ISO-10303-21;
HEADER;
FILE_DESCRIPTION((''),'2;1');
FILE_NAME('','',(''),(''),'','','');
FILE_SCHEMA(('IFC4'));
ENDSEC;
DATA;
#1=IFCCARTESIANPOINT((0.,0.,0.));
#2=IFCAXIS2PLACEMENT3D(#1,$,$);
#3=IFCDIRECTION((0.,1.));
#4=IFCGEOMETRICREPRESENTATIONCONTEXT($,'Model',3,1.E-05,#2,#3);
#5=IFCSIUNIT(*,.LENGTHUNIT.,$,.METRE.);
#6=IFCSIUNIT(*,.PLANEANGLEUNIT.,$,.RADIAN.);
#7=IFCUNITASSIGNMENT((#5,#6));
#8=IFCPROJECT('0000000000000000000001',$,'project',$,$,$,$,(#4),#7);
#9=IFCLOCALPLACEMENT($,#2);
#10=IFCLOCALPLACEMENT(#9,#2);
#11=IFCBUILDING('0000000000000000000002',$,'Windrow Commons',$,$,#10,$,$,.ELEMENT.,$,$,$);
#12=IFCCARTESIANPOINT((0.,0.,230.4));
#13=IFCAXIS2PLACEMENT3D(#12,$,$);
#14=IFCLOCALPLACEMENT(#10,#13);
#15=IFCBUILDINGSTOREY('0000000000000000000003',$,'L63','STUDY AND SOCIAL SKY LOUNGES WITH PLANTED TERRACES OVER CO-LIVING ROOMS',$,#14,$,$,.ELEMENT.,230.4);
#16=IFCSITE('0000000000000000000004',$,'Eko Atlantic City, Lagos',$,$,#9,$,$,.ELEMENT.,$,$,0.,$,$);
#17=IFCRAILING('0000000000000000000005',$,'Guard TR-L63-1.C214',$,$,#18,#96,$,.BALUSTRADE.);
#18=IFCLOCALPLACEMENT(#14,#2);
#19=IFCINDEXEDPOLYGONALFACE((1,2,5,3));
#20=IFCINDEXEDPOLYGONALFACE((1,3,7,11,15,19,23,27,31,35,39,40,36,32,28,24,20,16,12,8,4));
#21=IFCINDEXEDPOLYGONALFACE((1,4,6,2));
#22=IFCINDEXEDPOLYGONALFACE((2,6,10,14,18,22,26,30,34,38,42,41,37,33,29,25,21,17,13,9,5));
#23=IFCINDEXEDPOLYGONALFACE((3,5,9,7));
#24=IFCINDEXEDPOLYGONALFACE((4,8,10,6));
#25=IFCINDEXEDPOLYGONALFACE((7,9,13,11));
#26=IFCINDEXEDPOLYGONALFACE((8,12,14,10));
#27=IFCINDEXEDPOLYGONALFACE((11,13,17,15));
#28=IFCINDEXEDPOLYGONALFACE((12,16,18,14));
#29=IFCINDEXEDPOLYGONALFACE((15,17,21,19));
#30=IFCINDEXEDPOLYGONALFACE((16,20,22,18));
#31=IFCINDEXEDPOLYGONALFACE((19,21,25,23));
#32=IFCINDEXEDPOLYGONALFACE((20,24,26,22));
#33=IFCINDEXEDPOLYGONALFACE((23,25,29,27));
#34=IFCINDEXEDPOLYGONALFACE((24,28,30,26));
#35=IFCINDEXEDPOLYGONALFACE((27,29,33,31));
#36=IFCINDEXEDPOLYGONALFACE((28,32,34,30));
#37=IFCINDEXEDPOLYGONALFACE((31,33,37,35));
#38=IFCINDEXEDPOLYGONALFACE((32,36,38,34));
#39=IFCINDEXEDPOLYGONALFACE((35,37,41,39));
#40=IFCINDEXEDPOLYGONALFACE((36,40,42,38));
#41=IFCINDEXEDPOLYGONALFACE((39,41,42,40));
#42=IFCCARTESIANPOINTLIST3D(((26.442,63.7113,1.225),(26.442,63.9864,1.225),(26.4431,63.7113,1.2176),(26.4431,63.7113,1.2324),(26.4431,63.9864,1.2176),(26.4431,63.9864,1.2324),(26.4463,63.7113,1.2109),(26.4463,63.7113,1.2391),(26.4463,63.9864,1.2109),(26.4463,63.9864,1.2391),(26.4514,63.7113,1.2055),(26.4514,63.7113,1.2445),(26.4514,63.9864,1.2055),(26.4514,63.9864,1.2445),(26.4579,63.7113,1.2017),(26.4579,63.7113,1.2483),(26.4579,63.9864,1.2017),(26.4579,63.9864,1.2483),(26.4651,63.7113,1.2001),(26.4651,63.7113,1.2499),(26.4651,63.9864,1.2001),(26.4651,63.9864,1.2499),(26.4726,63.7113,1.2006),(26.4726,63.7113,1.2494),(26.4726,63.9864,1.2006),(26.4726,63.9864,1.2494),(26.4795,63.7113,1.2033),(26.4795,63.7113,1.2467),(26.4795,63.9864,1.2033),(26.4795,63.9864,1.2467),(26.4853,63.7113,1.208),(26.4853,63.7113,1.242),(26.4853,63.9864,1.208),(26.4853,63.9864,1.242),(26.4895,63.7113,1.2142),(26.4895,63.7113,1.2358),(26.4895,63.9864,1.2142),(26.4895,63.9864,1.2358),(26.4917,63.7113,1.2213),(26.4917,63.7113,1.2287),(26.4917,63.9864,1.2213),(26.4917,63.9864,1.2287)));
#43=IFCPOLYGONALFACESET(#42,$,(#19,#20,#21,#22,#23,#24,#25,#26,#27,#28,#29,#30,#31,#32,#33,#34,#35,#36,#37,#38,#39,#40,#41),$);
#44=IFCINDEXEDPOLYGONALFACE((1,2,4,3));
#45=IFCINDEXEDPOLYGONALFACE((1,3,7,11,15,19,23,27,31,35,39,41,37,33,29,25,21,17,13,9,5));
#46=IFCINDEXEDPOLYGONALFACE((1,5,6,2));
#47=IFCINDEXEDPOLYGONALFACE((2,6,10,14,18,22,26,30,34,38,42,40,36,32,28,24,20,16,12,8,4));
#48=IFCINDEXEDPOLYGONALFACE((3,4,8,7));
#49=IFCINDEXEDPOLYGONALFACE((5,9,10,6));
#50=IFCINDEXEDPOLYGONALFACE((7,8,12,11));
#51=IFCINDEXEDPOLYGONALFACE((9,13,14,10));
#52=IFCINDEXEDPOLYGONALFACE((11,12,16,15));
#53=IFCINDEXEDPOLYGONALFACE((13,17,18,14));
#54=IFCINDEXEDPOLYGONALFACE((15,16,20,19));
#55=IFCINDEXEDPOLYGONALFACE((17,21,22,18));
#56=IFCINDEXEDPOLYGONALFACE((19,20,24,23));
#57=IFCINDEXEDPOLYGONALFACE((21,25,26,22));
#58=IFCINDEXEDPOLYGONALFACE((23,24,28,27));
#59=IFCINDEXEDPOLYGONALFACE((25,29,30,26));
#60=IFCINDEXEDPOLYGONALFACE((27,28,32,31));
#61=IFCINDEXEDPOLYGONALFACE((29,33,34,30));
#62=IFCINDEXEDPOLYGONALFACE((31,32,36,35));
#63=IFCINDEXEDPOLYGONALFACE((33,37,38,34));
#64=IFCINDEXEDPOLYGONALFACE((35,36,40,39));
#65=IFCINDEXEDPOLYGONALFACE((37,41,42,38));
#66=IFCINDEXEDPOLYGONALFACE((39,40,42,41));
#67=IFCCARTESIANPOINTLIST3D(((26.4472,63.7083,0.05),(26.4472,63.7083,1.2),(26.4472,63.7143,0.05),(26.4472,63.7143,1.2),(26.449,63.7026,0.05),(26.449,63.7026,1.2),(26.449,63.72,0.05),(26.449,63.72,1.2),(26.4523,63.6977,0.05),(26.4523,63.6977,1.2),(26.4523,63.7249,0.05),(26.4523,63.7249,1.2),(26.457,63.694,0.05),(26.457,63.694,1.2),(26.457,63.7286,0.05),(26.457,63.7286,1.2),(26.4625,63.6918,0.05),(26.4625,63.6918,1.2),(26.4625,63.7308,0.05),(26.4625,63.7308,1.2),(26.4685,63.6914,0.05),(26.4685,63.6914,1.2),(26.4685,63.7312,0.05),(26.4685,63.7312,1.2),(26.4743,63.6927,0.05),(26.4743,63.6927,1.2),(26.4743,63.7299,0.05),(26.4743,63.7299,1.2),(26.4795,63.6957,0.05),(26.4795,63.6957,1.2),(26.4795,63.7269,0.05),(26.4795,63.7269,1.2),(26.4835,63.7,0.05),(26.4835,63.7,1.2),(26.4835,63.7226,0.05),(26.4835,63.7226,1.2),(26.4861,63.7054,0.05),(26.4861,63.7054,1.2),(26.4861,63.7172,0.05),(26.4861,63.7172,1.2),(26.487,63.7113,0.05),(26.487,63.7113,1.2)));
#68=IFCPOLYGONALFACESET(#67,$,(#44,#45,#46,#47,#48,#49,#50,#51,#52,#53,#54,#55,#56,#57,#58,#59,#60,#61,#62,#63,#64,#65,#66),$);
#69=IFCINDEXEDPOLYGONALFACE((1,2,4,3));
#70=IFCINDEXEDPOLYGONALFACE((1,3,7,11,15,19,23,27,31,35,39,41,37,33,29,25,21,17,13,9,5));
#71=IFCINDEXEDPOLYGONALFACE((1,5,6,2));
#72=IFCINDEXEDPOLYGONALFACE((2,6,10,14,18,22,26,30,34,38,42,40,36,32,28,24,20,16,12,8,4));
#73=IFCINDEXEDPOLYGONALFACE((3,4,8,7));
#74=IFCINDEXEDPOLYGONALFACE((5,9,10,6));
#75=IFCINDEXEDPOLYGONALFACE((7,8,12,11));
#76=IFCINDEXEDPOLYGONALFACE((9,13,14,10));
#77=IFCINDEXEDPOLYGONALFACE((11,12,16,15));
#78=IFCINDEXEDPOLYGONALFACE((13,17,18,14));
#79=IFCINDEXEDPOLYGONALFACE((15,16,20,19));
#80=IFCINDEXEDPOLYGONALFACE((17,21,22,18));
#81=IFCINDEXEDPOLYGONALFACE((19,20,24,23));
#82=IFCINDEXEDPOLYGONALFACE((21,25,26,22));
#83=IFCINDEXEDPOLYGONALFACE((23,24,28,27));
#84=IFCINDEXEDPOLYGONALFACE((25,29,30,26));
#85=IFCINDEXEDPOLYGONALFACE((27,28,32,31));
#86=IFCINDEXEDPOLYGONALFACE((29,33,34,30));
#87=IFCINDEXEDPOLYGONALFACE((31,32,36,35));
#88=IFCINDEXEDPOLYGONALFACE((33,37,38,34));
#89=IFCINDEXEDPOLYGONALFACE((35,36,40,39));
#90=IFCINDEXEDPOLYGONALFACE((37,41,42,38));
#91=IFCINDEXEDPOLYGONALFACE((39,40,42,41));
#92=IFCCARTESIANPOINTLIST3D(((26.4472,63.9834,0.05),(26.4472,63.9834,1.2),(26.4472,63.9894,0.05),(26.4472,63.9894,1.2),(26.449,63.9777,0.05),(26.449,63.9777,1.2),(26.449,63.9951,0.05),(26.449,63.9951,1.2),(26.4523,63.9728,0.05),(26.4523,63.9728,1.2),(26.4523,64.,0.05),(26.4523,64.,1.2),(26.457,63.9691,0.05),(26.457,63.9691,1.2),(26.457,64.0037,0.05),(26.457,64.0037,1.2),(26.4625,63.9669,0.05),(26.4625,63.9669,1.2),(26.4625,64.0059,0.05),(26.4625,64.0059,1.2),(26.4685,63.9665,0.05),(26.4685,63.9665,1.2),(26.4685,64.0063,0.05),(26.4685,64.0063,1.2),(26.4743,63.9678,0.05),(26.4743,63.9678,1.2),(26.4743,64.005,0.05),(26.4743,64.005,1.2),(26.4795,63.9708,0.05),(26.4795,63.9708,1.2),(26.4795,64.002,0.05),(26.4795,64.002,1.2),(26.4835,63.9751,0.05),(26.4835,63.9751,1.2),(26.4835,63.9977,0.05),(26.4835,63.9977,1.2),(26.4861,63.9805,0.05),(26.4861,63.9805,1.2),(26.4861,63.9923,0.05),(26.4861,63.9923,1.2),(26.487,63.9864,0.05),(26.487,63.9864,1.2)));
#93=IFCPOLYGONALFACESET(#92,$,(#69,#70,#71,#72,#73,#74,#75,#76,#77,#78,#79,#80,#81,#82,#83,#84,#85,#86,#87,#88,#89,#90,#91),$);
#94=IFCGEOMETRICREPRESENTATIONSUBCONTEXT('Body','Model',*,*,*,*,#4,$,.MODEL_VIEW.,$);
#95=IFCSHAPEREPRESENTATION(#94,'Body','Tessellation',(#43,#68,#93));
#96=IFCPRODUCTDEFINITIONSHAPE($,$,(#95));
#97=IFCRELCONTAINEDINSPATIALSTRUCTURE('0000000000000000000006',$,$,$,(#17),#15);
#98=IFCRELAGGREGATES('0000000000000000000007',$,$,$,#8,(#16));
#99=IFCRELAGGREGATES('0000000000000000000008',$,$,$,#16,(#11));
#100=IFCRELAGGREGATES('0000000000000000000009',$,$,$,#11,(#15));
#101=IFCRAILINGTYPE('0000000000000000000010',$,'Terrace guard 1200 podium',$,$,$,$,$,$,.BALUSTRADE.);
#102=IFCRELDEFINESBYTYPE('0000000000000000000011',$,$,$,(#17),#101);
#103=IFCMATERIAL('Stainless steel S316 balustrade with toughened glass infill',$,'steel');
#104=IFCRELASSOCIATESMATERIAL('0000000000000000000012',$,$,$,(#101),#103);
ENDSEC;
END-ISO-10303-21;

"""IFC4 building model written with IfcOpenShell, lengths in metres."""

from ifc_helpers import new_model, si_unit, direction, frame, origin, origin_2d, place, context, subcontext, project, spatial, circle, extrude, material, type_object, element, save


model = new_model("IFC4")

# Units and contexts
model_context = context("Model", 3, precision=1e-05, world=origin(), true_north=direction((0.0, 1.0)))
body_context = subcontext(model_context, "Body", "Model", "MODEL_VIEW")
ifc_project = project(units=[si_unit("LENGTHUNIT", "METRE"), si_unit("PLANEANGLEUNIT", "RADIAN")], contexts=[model_context])

# Site, building, storey
site_placement = place(None, origin())
site = spatial("IfcSite", under=ifc_project, at=site_placement, Name="Eko Atlantic City, Lagos", CompositionType="ELEMENT", RefElevation=0.0)
building_placement = place(site_placement, origin())
building = spatial("IfcBuilding", under=site, at=building_placement, Name="Windrow Commons", CompositionType="ELEMENT")
storey_placement = place(building_placement, frame((0.0, 0.0, 230.4)))
storey = spatial("IfcBuildingStorey", under=building, at=storey_placement, Name="L63", Description="STUDY AND SOCIAL SKY LOUNGES WITH PLANTED TERRACES OVER CO-LIVING ROOMS", CompositionType="ELEMENT", Elevation=230.4)

# Railing
ifc_material_1 = material(Name="Stainless steel S316 balustrade with toughened glass infill", Category="steel")
railing_type = type_object("IfcRailingType", Name="Terrace guard 1200 podium", PredefinedType="BALUSTRADE", material=ifc_material_1)
railing_1_placement = place(storey_placement, frame((26.467, 63.7113, 0.05)))
element("IfcRailing", 1, at=railing_1_placement, inside=storey, type_object=railing_type, Name="Guard TR-L63-1.C214", PredefinedType="BALUSTRADE", context=body_context, shape_type="SweptSolid", body=[
    extrude(circle(Radius=0.025, at=origin_2d()), frame((0.0, 0.0, 1.175), z_axis=(0.0, 1.0, 0.0), x_axis=(-1.0, 0.0, 0.0)), (0.0, 0.0, 1.0), 0.2751),
    extrude(circle(Radius=0.02, at=origin_2d()), origin(), (0.0, 0.0, 1.0), 1.15),
    extrude(circle(Radius=0.02, at=origin_2d()), frame((0.0, 0.2751, 0.0)), (0.0, 0.0, 1.0), 1.15),
])

save(model, "model.ifc")
